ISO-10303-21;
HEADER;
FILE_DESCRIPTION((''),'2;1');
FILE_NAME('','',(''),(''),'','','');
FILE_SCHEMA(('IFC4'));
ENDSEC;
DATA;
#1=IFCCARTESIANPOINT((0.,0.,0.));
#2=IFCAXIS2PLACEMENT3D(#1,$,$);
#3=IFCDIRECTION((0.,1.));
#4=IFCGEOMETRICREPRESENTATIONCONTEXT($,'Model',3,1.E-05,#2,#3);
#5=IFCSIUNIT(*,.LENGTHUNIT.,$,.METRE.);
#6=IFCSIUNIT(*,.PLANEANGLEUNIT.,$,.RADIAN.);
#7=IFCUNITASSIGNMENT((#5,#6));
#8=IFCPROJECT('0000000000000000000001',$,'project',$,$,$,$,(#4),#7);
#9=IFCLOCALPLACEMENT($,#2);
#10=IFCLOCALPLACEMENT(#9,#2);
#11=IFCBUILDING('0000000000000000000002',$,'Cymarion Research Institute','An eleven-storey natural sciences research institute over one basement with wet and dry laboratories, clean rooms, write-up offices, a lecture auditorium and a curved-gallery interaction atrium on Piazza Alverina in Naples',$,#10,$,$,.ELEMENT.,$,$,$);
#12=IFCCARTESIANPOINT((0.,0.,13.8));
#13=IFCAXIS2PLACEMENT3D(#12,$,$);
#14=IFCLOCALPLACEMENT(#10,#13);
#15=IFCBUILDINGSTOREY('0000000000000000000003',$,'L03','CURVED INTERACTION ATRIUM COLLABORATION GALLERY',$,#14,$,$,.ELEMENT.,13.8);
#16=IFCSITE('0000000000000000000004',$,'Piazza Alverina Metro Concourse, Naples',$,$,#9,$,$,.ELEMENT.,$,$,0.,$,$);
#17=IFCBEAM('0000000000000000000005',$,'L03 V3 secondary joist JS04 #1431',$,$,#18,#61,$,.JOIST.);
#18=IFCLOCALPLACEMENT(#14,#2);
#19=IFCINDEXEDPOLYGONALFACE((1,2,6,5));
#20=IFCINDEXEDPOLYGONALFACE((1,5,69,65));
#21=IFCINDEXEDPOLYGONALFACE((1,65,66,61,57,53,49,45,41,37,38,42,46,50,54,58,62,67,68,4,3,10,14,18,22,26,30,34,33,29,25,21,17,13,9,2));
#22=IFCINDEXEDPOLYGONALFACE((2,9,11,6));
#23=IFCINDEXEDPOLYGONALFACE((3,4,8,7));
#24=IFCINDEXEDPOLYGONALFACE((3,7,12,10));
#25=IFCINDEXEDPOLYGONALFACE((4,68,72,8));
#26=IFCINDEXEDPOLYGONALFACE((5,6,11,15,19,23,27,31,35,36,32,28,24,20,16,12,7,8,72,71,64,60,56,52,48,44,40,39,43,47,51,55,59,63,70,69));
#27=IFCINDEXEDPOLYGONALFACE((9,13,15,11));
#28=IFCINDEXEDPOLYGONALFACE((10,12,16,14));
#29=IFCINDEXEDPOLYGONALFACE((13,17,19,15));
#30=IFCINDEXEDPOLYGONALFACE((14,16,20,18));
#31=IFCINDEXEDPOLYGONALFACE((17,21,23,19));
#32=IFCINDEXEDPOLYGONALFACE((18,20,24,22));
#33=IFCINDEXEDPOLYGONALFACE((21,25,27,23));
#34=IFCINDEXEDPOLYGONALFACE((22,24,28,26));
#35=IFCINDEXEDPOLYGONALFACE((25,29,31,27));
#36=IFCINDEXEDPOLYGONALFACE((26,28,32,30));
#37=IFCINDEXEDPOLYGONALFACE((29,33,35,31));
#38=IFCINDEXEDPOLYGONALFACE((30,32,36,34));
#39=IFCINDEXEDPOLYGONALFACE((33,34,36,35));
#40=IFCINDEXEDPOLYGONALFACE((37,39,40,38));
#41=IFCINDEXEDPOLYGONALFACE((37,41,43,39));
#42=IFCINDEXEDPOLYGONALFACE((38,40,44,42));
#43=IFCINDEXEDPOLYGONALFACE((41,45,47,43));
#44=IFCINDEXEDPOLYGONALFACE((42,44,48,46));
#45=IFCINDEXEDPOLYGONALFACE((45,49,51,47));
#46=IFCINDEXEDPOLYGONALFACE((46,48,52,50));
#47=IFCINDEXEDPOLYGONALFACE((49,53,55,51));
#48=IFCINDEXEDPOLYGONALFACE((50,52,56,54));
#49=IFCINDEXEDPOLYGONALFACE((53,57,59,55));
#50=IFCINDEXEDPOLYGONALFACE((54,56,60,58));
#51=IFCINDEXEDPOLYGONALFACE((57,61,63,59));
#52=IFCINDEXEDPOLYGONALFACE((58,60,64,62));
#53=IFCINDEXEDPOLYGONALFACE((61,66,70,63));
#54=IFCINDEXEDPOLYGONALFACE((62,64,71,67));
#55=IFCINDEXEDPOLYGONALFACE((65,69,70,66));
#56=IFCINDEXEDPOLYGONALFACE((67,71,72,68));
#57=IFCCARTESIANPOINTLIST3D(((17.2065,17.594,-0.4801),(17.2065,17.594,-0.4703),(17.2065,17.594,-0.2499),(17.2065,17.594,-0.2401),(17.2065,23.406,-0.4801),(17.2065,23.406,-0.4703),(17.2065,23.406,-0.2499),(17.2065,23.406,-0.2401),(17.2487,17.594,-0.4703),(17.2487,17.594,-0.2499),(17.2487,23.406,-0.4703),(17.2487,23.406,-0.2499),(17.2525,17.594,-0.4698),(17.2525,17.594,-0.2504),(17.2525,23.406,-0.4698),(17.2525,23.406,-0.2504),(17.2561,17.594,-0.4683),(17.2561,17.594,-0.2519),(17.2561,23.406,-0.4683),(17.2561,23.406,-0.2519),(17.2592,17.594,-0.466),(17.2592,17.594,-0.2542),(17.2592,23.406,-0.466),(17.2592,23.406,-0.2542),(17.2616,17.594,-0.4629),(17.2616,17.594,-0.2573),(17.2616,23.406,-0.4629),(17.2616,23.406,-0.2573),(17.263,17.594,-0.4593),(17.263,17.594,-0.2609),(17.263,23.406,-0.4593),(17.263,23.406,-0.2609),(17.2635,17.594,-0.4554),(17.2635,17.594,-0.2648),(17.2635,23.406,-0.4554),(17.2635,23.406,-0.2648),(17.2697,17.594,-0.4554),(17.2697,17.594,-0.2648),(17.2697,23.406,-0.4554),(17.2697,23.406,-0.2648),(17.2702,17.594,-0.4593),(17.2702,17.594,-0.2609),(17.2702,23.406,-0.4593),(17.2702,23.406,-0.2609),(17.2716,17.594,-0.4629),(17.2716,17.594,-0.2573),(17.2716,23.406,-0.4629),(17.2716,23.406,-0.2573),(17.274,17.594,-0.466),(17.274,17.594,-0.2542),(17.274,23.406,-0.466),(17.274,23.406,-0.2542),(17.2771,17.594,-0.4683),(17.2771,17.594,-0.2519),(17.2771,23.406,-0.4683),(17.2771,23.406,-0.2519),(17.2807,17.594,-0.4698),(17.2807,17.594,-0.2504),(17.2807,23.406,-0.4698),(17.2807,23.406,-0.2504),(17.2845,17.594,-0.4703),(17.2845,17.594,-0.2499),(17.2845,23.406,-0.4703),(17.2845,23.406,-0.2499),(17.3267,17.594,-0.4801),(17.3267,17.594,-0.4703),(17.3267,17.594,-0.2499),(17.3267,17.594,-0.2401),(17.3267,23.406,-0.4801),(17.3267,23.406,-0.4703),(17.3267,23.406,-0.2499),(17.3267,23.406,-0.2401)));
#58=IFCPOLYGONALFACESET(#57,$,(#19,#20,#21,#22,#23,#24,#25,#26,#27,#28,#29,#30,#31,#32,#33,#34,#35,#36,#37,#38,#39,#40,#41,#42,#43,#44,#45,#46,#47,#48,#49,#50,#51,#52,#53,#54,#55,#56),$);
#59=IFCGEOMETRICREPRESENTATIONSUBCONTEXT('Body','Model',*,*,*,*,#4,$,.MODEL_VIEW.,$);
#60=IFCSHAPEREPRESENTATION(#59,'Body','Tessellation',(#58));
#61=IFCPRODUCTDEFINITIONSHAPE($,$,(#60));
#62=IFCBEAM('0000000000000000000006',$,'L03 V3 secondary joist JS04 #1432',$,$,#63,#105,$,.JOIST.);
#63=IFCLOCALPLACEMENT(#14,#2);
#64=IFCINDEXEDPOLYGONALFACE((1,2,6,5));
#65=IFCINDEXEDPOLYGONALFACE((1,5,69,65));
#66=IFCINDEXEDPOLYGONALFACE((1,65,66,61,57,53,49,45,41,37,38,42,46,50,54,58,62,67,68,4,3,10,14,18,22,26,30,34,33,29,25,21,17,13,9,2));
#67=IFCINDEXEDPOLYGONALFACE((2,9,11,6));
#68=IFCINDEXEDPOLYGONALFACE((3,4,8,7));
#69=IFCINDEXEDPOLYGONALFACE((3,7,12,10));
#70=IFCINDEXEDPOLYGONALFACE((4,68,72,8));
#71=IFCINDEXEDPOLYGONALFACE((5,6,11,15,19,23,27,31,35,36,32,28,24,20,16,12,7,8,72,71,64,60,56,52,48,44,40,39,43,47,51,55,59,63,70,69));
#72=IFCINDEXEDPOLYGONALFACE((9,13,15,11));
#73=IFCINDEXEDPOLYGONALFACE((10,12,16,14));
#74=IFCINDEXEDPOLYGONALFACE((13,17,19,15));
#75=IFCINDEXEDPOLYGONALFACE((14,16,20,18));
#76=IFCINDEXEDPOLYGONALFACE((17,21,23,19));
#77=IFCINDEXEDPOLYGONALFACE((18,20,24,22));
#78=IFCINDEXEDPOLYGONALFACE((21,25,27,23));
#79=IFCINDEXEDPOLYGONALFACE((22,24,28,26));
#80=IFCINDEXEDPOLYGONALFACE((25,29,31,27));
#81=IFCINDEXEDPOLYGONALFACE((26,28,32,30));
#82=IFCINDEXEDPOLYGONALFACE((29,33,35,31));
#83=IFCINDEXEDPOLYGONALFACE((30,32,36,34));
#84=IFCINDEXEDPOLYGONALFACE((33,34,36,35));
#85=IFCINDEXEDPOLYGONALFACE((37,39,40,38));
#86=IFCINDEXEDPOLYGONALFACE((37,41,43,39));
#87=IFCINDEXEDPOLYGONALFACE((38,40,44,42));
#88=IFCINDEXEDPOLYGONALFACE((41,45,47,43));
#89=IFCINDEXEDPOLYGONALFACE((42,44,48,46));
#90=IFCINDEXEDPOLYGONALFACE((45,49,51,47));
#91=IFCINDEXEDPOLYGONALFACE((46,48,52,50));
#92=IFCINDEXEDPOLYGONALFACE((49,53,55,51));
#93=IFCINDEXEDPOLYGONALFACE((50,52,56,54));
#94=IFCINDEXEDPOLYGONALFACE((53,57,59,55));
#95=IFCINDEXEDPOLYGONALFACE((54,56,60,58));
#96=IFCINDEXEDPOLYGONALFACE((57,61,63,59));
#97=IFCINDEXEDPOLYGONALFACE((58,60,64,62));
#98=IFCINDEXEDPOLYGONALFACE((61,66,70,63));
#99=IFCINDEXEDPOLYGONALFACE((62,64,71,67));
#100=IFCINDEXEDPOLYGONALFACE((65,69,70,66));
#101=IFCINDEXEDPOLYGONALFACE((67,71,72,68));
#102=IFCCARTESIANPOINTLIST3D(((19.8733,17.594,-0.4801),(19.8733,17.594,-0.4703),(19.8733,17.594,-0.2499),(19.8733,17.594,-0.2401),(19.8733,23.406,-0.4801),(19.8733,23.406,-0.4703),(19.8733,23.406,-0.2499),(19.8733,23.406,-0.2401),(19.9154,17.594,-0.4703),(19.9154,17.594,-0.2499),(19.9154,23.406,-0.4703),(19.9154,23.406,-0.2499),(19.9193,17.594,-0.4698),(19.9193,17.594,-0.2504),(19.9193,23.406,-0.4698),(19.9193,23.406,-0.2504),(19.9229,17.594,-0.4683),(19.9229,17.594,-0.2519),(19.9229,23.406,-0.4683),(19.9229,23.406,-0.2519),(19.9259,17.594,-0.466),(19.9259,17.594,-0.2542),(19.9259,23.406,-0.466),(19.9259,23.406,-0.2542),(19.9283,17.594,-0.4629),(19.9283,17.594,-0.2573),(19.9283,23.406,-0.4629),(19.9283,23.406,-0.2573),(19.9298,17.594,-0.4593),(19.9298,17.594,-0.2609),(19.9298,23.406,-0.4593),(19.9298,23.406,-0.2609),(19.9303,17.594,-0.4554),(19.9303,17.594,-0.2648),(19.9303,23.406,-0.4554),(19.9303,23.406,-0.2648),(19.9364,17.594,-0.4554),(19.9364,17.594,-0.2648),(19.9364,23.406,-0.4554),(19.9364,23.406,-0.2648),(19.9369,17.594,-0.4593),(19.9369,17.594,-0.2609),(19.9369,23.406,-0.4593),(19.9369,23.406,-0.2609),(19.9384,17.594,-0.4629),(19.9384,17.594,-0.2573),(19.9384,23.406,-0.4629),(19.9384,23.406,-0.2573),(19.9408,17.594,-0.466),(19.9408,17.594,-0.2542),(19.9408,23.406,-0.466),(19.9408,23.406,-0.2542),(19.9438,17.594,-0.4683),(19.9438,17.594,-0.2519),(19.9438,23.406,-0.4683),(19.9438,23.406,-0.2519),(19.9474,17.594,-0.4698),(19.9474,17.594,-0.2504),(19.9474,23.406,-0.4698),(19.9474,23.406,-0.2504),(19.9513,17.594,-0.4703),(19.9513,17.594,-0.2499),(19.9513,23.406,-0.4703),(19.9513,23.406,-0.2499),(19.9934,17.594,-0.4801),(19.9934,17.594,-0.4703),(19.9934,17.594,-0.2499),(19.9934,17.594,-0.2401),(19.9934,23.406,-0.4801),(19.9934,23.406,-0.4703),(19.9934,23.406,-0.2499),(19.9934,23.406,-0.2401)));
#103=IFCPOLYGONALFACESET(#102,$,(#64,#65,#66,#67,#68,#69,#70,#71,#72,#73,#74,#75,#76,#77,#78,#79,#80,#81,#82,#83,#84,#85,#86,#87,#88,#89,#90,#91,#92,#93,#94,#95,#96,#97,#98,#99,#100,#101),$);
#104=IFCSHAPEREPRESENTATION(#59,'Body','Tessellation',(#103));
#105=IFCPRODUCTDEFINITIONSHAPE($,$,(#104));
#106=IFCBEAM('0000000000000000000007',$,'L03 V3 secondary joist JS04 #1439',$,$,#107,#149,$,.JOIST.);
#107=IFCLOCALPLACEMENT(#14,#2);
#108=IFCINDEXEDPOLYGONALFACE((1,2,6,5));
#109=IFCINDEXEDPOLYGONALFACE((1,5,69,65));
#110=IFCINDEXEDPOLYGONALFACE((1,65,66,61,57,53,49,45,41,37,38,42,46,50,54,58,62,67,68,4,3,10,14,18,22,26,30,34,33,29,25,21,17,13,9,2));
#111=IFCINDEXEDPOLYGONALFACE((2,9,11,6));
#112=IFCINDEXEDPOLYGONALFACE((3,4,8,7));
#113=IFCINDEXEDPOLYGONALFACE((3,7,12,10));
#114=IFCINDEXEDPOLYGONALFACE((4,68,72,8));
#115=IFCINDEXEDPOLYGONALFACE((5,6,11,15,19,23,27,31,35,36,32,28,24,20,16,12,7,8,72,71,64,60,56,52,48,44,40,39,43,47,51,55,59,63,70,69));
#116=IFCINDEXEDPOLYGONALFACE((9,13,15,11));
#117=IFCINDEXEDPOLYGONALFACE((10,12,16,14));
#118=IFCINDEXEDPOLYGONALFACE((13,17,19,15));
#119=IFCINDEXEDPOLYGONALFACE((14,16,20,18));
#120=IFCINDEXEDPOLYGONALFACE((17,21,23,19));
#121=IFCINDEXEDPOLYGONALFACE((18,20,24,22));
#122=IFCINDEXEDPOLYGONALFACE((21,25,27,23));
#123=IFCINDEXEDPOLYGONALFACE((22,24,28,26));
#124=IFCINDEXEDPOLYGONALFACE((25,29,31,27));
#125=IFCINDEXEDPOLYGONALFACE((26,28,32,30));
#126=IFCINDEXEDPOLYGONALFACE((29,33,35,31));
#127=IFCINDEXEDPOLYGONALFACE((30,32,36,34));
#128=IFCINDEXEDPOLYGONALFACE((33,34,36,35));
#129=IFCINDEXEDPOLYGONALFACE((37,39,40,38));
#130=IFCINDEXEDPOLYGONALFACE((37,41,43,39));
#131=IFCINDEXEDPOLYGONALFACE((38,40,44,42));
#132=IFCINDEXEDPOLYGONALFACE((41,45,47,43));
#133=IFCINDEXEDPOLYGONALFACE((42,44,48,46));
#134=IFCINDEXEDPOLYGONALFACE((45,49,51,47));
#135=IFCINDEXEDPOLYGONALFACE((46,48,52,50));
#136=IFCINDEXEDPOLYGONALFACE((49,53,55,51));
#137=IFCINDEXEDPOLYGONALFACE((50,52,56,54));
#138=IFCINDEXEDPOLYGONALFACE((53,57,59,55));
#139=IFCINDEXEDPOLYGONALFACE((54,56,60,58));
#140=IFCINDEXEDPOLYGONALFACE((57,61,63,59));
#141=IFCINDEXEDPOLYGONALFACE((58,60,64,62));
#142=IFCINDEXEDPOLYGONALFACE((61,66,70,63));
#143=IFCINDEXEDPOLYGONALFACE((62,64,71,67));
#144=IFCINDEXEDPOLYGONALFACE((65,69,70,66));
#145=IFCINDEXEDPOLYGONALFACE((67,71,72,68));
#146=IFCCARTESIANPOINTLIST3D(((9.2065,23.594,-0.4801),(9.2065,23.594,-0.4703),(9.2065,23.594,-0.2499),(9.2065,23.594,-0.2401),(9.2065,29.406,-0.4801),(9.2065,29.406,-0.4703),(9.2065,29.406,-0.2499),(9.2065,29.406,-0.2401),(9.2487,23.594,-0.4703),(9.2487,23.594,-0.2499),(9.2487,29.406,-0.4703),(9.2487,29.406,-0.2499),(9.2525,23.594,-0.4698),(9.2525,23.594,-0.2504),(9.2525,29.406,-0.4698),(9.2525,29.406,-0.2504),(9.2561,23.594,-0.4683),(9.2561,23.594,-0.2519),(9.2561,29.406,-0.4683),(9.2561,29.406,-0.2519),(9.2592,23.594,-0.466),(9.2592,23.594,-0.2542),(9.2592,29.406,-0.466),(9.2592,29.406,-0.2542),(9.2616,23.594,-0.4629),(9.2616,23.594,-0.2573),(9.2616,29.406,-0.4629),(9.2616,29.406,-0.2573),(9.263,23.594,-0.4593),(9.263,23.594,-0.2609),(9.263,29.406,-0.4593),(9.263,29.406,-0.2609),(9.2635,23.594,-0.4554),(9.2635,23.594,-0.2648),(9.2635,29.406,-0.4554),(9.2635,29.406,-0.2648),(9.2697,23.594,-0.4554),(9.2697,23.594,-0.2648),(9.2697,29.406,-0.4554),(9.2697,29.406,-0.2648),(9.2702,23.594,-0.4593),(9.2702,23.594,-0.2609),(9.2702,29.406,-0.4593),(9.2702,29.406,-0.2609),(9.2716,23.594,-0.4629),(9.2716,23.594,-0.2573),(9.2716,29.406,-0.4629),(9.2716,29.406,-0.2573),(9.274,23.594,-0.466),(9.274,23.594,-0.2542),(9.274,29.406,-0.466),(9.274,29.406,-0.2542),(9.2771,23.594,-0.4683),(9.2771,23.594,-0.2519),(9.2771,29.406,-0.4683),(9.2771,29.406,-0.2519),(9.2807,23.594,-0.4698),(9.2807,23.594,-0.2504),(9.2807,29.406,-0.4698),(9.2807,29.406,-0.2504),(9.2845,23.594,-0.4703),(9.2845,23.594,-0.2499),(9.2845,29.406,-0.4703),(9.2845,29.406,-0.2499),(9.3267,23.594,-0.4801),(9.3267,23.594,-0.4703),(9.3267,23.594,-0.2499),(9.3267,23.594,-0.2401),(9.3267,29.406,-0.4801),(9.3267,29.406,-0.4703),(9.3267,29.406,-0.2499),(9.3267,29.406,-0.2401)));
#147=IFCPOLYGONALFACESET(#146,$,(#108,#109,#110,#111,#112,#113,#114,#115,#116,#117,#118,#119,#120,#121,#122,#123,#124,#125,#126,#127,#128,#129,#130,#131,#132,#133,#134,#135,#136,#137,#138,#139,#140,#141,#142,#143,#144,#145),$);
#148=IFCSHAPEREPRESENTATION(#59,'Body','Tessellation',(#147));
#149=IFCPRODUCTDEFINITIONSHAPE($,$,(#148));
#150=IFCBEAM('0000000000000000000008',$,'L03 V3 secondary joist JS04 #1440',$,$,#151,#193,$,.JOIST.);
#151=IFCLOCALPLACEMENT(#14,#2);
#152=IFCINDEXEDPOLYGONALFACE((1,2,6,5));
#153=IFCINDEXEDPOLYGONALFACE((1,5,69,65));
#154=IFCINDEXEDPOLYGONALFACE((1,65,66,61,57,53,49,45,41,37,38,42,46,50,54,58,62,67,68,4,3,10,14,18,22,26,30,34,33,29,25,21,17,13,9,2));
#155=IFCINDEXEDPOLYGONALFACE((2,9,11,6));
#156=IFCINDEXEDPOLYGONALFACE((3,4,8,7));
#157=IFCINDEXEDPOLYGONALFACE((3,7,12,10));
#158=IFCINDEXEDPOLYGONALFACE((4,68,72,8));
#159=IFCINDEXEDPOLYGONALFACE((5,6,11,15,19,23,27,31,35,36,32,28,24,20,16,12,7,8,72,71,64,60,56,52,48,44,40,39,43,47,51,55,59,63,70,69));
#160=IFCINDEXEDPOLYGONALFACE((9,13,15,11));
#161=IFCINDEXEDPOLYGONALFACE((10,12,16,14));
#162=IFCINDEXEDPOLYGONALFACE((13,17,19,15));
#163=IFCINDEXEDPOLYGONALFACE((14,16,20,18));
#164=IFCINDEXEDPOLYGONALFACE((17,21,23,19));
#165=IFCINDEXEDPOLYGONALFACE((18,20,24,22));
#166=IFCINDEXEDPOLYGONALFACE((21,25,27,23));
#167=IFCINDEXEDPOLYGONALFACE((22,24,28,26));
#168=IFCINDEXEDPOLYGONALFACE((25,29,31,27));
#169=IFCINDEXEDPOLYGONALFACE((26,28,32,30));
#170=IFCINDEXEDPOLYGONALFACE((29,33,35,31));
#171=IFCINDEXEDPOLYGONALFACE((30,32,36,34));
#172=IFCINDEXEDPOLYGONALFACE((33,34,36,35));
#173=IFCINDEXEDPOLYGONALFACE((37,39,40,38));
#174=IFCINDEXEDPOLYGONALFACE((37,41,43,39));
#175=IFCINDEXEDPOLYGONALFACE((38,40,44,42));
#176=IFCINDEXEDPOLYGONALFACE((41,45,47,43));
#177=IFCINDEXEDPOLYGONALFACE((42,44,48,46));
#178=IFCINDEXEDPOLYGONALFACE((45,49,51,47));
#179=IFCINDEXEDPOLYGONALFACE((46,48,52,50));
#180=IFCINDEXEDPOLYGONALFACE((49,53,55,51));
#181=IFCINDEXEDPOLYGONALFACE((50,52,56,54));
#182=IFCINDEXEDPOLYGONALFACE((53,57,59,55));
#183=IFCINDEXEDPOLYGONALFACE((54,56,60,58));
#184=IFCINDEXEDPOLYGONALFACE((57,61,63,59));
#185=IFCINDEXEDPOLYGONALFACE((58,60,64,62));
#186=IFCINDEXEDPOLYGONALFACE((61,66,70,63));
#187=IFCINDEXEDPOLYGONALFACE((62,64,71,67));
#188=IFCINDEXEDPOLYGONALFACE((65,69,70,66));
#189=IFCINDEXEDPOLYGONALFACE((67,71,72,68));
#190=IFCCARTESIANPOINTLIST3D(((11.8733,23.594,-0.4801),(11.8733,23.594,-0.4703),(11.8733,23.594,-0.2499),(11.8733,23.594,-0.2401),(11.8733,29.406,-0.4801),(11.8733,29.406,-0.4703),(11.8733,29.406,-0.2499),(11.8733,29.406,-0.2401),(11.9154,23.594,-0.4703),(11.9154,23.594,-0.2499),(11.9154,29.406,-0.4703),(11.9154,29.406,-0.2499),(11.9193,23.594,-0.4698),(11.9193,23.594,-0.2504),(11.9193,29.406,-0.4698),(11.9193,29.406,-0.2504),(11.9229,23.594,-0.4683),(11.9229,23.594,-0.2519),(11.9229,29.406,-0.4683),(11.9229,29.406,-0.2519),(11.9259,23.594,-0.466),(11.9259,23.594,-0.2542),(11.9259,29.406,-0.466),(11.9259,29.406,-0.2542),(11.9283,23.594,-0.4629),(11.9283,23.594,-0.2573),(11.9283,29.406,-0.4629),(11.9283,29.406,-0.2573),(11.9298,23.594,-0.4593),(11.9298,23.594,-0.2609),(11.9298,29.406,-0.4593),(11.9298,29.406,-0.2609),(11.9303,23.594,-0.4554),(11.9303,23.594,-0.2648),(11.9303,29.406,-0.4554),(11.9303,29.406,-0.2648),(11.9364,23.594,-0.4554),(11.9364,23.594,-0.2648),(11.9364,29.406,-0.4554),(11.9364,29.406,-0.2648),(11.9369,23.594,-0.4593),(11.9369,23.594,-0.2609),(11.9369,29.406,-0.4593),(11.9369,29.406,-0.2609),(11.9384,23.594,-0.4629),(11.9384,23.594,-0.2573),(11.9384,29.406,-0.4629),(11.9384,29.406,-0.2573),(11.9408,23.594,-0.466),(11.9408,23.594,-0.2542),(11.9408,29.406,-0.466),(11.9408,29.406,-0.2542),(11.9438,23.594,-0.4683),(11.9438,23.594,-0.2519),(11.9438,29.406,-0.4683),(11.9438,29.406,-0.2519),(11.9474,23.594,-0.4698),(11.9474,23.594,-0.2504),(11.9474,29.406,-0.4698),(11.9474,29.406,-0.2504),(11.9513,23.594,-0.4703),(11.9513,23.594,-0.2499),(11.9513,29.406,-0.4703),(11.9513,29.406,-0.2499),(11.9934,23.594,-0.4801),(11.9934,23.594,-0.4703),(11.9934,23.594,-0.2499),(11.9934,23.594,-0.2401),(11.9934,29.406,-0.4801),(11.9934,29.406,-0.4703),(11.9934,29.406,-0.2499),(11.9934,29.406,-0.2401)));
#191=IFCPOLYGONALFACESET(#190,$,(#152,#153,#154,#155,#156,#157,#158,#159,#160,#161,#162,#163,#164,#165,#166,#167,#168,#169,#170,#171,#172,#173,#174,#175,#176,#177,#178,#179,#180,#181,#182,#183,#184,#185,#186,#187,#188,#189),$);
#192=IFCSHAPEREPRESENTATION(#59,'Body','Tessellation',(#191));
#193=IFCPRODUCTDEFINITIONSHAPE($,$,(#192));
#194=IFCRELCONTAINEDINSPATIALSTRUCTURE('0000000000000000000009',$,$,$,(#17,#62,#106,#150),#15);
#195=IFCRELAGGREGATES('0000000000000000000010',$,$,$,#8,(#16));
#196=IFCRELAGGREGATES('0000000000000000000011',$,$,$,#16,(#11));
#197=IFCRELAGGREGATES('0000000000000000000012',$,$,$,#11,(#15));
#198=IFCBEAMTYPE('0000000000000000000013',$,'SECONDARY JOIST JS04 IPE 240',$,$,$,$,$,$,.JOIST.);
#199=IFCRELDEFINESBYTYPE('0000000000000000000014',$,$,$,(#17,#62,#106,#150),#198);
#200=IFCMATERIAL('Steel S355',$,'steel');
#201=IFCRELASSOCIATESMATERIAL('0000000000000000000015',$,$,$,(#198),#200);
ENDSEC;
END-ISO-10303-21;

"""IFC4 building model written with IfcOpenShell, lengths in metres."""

from ifc_helpers import new_model, si_unit, direction, frame, origin, origin_2d, place, context, subcontext, project, spatial, i_section, extrude, material, material_profile, profile_set, type_object, element, save


model = new_model("IFC4")

# Units and contexts
model_context = context("Model", 3, precision=1e-05, world=origin(), true_north=direction((0.0, 1.0)))
body_context = subcontext(model_context, "Body", "Model", "MODEL_VIEW")
ifc_project = project(units=[si_unit("LENGTHUNIT", "METRE"), si_unit("PLANEANGLEUNIT", "RADIAN")], contexts=[model_context])

# Site, building, storey
site_placement = place(None, origin())
site = spatial("IfcSite", under=ifc_project, at=site_placement, Name="Piazza Alverina Metro Concourse, Naples", CompositionType="ELEMENT", RefElevation=0.0)
building_placement = place(site_placement, origin())
building = spatial("IfcBuilding", under=site, at=building_placement, Name="Cymarion Research Institute", Description="An eleven-storey natural sciences research institute over one basement with wet and dry laboratories, clean rooms, write-up offices, a lecture auditorium and a curved-gallery interaction atrium on Piazza Alverina in Naples", CompositionType="ELEMENT")
storey_placement = place(building_placement, frame((0.0, 0.0, 13.8)))
storey = spatial("IfcBuildingStorey", under=building, at=storey_placement, Name="L03", Description="CURVED INTERACTION ATRIUM COLLABORATION GALLERY", CompositionType="ELEMENT", Elevation=13.8)

# Beams
ifc_material_1 = material(Name="Steel S355", Category="steel")
ifc_material_profile_1 = material_profile(ifc_material_1, i_section(OverallWidth=0.1201, OverallDepth=0.24, WebThickness=0.0061, FlangeThickness=0.0098, FilletRadius=0.0149, at=origin_2d()), Name="IPE 240")
ifc_profile_set_1 = profile_set([ifc_material_profile_1], Name="Steel S355")
beam_type_1 = type_object("IfcBeamType", Name="SECONDARY JOIST JS04 IPE 240", PredefinedType="JOIST", material=ifc_profile_set_1)
for number, where, z_axis, x_axis, name in (
    (1, (17.2666, 17.594, -0.3601), (0.0, 1.0, 0.0), (-1.0, 0.0, 0.0), "L03 V3 secondary joist JS04 #1431"),
    (2, (19.9333, 17.594, -0.3601), (0.0, 1.0, 0.0), (-1.0, 0.0, 0.0), "L03 V3 secondary joist JS04 #1432"),
    (3, (9.2666, 23.594, -0.3601), (0.0, 1.0, 0.0), (-1.0, 0.0, 0.0), "L03 V3 secondary joist JS04 #1439"),
    (4, (11.9333, 23.594, -0.3601), (0.0, 1.0, 0.0), (-1.0, 0.0, 0.0), "L03 V3 secondary joist JS04 #1440"),
):
    element("IfcBeam", number, at=place(storey_placement, frame(where, z_axis=z_axis, x_axis=x_axis)), inside=storey, type_object=beam_type_1, Name=name, PredefinedType="JOIST", context=body_context, shape_type="SweptSolid", body=[
        extrude(i_section(OverallWidth=0.1201, OverallDepth=0.24, WebThickness=0.0061, FlangeThickness=0.0098, FilletRadius=0.0149, at=origin_2d()), origin(), (0.0, 0.0, 1.0), 5.812),
    ])

save(model, "model.ifc")
